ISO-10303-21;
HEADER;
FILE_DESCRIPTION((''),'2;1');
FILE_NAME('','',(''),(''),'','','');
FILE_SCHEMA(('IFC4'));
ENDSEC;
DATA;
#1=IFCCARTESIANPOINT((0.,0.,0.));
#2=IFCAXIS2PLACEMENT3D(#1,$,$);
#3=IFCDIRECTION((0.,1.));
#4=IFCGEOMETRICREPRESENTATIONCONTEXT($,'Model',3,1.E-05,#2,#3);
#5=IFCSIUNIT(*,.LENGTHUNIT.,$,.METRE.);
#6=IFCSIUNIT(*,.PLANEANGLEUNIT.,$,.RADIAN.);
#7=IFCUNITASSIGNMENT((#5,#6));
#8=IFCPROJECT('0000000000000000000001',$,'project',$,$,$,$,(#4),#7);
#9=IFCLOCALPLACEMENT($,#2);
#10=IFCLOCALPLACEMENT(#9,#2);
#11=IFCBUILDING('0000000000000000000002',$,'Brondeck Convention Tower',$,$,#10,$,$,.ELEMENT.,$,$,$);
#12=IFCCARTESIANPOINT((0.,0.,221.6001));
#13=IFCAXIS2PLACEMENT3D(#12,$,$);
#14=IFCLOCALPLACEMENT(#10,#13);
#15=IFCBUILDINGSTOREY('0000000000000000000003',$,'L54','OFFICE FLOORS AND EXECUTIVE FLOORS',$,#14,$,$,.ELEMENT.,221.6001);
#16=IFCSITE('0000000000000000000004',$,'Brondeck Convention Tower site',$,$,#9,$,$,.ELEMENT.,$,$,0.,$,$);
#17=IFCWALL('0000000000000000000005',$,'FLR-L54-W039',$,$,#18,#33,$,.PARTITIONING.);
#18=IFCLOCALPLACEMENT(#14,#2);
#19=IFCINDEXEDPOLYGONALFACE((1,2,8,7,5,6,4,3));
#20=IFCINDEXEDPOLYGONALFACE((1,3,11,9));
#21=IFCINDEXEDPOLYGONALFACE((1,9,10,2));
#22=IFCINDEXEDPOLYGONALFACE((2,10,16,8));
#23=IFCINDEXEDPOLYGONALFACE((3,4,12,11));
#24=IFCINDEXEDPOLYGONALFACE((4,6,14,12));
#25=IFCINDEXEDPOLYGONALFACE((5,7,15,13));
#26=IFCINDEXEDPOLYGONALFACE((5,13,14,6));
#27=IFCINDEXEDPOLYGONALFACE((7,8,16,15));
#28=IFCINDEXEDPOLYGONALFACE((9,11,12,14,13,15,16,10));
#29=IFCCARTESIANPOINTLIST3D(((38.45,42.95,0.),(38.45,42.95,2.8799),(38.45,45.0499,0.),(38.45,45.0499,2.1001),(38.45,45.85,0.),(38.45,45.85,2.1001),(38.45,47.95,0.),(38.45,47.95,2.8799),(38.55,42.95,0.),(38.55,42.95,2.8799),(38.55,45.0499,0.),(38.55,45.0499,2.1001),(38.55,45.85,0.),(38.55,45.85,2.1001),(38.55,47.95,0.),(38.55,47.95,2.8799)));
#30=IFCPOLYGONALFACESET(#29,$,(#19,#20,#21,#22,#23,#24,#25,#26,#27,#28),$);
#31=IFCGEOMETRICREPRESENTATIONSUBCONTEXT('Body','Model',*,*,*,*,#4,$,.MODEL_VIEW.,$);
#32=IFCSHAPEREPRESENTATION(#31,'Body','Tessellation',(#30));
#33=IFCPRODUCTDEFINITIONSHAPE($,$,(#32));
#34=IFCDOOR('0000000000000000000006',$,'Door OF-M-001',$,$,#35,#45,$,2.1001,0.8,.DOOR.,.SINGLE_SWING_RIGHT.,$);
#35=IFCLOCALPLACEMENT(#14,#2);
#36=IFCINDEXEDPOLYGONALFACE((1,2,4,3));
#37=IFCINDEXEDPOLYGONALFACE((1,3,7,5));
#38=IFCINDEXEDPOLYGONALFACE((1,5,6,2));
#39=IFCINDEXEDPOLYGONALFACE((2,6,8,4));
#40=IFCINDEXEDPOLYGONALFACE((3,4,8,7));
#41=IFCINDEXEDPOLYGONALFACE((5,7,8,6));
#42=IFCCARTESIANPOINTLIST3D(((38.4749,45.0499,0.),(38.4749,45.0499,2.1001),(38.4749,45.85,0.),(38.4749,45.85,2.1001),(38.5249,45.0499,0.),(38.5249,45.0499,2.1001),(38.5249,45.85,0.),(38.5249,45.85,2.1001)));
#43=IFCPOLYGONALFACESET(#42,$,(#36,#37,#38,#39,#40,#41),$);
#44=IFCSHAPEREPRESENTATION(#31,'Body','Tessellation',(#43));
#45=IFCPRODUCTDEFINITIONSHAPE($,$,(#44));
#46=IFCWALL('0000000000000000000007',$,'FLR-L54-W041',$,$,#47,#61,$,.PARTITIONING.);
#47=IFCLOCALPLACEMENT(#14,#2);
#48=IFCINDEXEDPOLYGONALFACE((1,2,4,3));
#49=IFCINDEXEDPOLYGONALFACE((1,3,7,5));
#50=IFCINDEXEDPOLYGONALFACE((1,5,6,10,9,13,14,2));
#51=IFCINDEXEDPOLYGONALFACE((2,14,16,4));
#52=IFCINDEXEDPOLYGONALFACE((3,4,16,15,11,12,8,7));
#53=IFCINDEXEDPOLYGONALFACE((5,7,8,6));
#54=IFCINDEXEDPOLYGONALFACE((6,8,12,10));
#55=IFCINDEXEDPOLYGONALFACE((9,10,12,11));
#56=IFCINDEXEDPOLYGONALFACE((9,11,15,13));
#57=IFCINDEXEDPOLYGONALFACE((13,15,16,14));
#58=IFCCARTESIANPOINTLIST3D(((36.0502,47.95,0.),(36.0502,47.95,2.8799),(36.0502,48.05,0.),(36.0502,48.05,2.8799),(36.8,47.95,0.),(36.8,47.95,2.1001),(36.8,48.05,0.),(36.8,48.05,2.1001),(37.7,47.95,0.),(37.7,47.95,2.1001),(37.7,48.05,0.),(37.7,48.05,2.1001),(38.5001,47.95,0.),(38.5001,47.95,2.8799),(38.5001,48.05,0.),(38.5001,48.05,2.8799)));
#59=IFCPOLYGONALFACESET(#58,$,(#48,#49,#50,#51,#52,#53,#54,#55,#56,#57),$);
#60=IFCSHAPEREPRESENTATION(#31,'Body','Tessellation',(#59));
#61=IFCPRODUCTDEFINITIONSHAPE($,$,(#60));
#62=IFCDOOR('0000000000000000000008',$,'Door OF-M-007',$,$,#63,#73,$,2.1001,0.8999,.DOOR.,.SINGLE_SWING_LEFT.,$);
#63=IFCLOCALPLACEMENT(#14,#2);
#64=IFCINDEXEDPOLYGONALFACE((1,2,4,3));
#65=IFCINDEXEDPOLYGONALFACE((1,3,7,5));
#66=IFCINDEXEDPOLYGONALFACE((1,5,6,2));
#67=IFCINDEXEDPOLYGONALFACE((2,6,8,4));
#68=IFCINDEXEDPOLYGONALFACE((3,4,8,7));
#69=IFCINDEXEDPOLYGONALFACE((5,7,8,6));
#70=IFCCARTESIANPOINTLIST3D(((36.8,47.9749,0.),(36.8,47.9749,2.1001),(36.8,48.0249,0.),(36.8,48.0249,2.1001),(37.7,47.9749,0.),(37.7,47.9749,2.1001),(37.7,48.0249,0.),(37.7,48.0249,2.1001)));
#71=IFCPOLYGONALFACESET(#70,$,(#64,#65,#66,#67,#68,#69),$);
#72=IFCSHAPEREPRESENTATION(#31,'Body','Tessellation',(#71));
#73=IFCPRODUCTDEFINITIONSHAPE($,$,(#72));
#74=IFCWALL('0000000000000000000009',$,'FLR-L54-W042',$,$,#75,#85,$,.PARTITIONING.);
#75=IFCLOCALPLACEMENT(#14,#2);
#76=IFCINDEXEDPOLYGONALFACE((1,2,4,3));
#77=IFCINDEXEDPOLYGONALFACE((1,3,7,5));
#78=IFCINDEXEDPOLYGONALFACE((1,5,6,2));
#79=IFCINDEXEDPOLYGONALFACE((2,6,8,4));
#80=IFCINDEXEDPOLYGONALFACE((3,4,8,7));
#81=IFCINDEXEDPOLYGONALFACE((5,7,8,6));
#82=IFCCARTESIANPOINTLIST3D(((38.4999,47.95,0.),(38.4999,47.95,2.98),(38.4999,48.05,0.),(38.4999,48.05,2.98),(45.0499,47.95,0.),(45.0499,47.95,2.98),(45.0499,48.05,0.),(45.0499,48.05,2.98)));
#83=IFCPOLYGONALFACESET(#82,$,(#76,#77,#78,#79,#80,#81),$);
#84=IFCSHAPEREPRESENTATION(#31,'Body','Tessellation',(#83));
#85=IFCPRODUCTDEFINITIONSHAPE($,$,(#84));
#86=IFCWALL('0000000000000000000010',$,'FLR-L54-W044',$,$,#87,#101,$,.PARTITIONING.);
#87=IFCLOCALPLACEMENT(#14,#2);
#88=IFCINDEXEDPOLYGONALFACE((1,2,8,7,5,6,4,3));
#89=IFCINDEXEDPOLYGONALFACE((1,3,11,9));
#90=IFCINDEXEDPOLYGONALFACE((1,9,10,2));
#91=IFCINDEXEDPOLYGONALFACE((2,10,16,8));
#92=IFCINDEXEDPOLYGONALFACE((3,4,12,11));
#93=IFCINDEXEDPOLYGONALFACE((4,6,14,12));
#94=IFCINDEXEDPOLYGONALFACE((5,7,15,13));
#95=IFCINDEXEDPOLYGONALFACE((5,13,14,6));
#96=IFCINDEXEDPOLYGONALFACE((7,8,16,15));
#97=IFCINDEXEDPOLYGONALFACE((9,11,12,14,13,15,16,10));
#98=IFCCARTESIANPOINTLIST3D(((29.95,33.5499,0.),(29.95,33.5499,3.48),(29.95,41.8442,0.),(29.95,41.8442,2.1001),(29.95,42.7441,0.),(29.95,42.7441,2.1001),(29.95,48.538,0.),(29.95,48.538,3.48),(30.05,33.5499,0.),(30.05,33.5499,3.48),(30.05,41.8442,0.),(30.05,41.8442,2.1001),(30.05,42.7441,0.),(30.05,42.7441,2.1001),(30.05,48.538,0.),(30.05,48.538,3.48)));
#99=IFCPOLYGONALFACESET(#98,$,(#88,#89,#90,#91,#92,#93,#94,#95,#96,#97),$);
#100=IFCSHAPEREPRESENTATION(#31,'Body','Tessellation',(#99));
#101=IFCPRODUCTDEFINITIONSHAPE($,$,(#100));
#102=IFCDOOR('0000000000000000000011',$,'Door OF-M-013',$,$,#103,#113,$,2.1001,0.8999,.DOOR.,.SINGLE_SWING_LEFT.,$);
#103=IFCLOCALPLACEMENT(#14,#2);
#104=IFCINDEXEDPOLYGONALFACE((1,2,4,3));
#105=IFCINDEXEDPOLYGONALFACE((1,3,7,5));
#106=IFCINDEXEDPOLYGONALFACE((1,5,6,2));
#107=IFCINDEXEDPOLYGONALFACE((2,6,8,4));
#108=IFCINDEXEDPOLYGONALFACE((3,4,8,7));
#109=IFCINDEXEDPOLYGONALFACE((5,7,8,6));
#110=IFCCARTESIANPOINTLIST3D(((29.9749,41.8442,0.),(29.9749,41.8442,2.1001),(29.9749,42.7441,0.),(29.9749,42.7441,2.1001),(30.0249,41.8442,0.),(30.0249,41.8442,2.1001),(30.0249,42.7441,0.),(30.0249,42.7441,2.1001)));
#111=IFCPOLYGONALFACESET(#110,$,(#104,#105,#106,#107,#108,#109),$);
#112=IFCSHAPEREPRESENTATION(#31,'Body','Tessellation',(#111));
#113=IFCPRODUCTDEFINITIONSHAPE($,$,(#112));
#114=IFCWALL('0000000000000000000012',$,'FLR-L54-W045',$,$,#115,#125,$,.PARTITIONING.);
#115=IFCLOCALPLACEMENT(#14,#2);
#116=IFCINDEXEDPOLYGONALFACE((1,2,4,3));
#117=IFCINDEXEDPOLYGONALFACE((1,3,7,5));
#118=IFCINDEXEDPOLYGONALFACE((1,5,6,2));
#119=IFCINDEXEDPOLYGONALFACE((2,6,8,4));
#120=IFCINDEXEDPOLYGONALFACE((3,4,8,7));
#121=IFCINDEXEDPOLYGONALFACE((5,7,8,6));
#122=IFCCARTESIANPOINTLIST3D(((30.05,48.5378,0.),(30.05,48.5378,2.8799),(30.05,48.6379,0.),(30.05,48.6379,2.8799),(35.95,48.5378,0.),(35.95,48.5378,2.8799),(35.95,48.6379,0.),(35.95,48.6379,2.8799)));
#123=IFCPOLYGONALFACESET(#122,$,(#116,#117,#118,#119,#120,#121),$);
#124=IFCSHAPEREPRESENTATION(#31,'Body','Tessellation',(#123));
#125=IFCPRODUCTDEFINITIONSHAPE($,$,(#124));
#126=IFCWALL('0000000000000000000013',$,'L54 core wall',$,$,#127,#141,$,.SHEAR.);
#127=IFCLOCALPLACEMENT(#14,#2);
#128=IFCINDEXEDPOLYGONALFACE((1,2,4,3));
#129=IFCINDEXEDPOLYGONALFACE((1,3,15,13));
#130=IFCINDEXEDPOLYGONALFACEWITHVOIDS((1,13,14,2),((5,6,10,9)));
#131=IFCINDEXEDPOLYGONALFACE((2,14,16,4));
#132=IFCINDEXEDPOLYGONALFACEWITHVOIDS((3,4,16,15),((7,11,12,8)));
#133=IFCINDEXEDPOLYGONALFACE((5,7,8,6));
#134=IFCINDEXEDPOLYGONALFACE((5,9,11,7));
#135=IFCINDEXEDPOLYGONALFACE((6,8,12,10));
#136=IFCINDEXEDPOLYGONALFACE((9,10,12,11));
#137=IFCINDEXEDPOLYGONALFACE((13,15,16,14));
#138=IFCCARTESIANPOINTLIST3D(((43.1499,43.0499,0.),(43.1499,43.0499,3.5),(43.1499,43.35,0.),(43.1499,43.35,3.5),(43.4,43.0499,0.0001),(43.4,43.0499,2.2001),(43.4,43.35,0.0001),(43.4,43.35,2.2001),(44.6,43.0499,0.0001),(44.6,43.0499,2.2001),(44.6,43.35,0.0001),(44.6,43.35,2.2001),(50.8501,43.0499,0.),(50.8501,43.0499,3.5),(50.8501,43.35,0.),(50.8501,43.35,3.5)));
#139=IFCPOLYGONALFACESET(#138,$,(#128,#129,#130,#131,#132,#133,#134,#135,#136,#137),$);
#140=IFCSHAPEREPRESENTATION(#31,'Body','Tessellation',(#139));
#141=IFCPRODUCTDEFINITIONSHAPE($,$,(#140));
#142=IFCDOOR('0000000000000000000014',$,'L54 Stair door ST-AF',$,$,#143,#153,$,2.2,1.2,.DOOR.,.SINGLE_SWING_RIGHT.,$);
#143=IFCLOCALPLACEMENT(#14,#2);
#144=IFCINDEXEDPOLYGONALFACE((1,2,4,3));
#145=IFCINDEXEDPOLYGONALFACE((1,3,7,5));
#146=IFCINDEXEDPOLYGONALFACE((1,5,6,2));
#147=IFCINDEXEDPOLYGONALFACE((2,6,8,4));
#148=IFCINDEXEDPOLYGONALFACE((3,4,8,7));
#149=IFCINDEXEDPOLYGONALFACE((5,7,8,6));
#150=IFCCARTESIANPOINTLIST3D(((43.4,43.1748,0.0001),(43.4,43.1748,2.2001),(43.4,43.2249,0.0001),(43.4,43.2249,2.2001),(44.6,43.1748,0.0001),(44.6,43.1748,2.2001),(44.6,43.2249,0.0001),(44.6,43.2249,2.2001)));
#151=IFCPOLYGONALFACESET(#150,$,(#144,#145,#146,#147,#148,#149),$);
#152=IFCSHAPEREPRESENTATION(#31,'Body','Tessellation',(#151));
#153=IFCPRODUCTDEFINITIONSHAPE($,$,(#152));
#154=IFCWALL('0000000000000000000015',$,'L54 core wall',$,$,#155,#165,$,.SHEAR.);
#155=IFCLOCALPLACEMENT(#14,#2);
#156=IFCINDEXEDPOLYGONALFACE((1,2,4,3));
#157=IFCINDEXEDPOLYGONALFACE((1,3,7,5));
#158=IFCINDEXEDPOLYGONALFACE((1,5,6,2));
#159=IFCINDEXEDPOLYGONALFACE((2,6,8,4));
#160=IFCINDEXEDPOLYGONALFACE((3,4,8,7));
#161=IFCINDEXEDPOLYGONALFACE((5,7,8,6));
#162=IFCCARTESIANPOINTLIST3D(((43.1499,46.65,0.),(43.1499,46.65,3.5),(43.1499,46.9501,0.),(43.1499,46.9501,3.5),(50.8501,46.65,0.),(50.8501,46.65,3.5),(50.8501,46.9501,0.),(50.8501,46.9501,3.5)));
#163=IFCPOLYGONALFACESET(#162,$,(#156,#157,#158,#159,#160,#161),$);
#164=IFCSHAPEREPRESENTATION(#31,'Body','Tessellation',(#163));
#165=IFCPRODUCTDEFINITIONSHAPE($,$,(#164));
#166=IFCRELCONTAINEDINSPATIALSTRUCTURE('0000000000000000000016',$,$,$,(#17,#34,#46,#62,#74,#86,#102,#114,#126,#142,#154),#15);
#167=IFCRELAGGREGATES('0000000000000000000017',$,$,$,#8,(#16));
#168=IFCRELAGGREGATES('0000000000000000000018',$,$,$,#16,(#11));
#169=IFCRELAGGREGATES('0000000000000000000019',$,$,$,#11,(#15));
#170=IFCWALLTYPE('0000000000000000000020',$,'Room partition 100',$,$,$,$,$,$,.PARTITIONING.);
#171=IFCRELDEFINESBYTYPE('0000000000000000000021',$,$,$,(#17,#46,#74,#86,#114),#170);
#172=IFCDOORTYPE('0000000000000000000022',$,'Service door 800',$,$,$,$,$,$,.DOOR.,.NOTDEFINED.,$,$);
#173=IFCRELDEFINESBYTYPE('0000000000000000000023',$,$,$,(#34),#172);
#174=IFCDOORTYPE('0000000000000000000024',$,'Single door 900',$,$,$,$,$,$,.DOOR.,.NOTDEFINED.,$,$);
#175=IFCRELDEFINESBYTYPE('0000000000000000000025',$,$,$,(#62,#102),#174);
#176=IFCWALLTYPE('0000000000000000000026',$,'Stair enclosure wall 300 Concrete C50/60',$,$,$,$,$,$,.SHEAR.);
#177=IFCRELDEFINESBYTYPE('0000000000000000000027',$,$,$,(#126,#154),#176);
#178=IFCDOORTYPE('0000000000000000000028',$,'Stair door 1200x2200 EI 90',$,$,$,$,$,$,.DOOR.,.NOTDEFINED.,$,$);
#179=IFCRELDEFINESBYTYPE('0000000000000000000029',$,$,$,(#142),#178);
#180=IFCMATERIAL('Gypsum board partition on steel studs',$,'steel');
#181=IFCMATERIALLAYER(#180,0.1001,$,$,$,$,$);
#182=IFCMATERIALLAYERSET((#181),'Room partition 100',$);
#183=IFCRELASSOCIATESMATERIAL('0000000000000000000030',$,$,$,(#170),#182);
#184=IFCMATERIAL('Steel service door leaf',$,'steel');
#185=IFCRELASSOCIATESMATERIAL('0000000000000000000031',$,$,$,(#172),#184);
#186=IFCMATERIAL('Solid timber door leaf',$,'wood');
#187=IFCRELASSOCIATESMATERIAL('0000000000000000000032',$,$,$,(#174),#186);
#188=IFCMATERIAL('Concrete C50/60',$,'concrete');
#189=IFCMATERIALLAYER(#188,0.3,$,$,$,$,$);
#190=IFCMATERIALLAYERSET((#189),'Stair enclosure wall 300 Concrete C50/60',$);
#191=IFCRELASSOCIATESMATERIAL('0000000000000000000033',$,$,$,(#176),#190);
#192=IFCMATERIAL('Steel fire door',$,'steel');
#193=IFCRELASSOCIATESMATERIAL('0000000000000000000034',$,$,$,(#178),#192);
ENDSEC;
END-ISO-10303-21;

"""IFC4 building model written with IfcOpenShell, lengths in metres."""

from ifc_helpers import new_model, si_unit, direction, frame, frame_2d, origin, place, context, subcontext, project, spatial, rectangle, extrude, material, layer, layer_set, type_object, element, fill, save


model = new_model("IFC4")

# Units and contexts
model_context = context("Model", 3, precision=1e-05, world=origin(), true_north=direction((0.0, 1.0)))
body_context = subcontext(model_context, "Body", "Model", "MODEL_VIEW")
ifc_project = project(units=[si_unit("LENGTHUNIT", "METRE"), si_unit("PLANEANGLEUNIT", "RADIAN")], contexts=[model_context])

# Site, building, storey
site_placement = place(None, origin())
site = spatial("IfcSite", under=ifc_project, at=site_placement, Name="Brondeck Convention Tower site", CompositionType="ELEMENT", RefElevation=0.0)
building_placement = place(site_placement, origin())
building = spatial("IfcBuilding", under=site, at=building_placement, Name="Brondeck Convention Tower", CompositionType="ELEMENT")
storey_placement = place(building_placement, frame((0.0, 0.0, 221.6001)))
storey = spatial("IfcBuildingStorey", under=building, at=storey_placement, Name="L54", Description="OFFICE FLOORS AND EXECUTIVE FLOORS", CompositionType="ELEMENT", Elevation=221.6001)

# Shared definitions
ifc_material_1 = material(Name="Concrete C50/60", Category="concrete")

# Walls, openings, doors
ifc_material_2 = material(Name="Gypsum board partition on steel studs", Category="steel")
ifc_layer_1 = layer(ifc_material_2, 0.1001)
ifc_layer_set_1 = layer_set([ifc_layer_1], Name="Room partition 100")
wall_type_1 = type_object("IfcWallType", Name="Room partition 100", PredefinedType="PARTITIONING", material=ifc_layer_set_1)
wall_1_placement = place(storey_placement, frame((38.5, 47.95, 0.0), z_axis=(0.0, 0.0, 1.0), x_axis=(0.0, -1.0, 0.0)))
wall_1 = element("IfcWall", 1, at=wall_1_placement, inside=storey, type_object=wall_type_1, Name="FLR-L54-W039", PredefinedType="PARTITIONING", context=body_context, shape_type="SweptSolid", body=[
    extrude(rectangle(XDim=5.0, YDim=0.1001, at=frame_2d((2.5, 0.0))), origin(), (0.0, 0.0, 1.0), 2.8799),
])
opening_1_placement = place(wall_1_placement, frame((2.1001, 0.0, 0.0)))
opening_1 = element("IfcOpeningElement", 2, at=opening_1_placement, cuts=wall_1, PredefinedType="OPENING", context=body_context, shape_type="SweptSolid", body=[
    extrude(rectangle(XDim=0.8, YDim=2.1001, at=frame_2d((0.3999, 1.05))), frame((0.0, 0.0601, 0.0), z_axis=(0.0, -1.0, 0.0), x_axis=(1.0, 0.0, 0.0)), (0.0, 0.0, 1.0), 0.1201),
])
ifc_material_3 = material(Name="Steel service door leaf", Category="steel")
door_type_1 = type_object("IfcDoorType", Name="Service door 800", OperationType="NOTDEFINED", PredefinedType="DOOR", material=ifc_material_3)
door_1_placement = place(opening_1_placement, origin())
door_1 = element("IfcDoor", 3, at=door_1_placement, inside=storey, type_object=door_type_1, Name="Door OF-M-001", OperationType="SINGLE_SWING_RIGHT", OverallHeight=2.1001, OverallWidth=0.8, PredefinedType="DOOR", context=body_context, shape_type="SweptSolid", body=[
    extrude(rectangle(XDim=0.8, YDim=2.1001, at=frame_2d((0.3999, 1.05))), frame((0.0, 0.0249, 0.0), z_axis=(0.0, -1.0, 0.0), x_axis=(1.0, 0.0, 0.0)), (0.0, 0.0, 1.0), 0.05),
])
fill(opening_1, door_1)
wall_2_placement = place(storey_placement, frame((36.05, 48.0, 0.0), z_axis=(0.0, 0.0, 1.0), x_axis=(1.0, 0.0, 0.0)))
wall_2 = element("IfcWall", 4, at=wall_2_placement, inside=storey, type_object=wall_type_1, Name="FLR-L54-W041", PredefinedType="PARTITIONING", context=body_context, shape_type="SweptSolid", body=[
    extrude(rectangle(XDim=2.45, YDim=0.1001, at=frame_2d((1.2251, 0.0))), origin(), (0.0, 0.0, 1.0), 2.8799),
])
opening_2_placement = place(wall_2_placement, frame((0.75, 0.0, 0.0)))
opening_2 = element("IfcOpeningElement", 5, at=opening_2_placement, cuts=wall_2, PredefinedType="OPENING", context=body_context, shape_type="SweptSolid", body=[
    extrude(rectangle(XDim=0.8999, YDim=2.1001, at=frame_2d((0.45, 1.05))), frame((0.0, 0.0601, 0.0), z_axis=(0.0, -1.0, 0.0), x_axis=(1.0, 0.0, 0.0)), (0.0, 0.0, 1.0), 0.1201),
])
ifc_material_4 = material(Name="Solid timber door leaf", Category="wood")
door_type_2 = type_object("IfcDoorType", Name="Single door 900", OperationType="NOTDEFINED", PredefinedType="DOOR", material=ifc_material_4)
door_2_placement = place(opening_2_placement, origin())
door_2 = element("IfcDoor", 6, at=door_2_placement, inside=storey, type_object=door_type_2, Name="Door OF-M-007", OperationType="SINGLE_SWING_LEFT", OverallHeight=2.1001, OverallWidth=0.8999, PredefinedType="DOOR", context=body_context, shape_type="SweptSolid", body=[
    extrude(rectangle(XDim=0.8999, YDim=2.1001, at=frame_2d((0.45, 1.05))), frame((0.0, 0.0249, 0.0), z_axis=(0.0, -1.0, 0.0), x_axis=(1.0, 0.0, 0.0)), (0.0, 0.0, 1.0), 0.05),
])
fill(opening_2, door_2)

# Wall
wall_3_placement = place(storey_placement, frame((38.5, 48.0, 0.0), z_axis=(0.0, 0.0, 1.0), x_axis=(1.0, 0.0, 0.0)))
element("IfcWall", 7, at=wall_3_placement, inside=storey, type_object=wall_type_1, Name="FLR-L54-W042", PredefinedType="PARTITIONING", context=body_context, shape_type="SweptSolid", body=[
    extrude(rectangle(XDim=6.55, YDim=0.1001, at=frame_2d((3.2749, 0.0))), origin(), (0.0, 0.0, 1.0), 2.98),
])

# Wall, opening, door
wall_4_placement = place(storey_placement, frame((30.0, 48.5381, 0.0), z_axis=(0.0, 0.0, 1.0), x_axis=(0.0, -1.0, 0.0)))
wall_4 = element("IfcWall", 8, at=wall_4_placement, inside=storey, type_object=wall_type_1, Name="FLR-L54-W044", PredefinedType="PARTITIONING", context=body_context, shape_type="SweptSolid", body=[
    extrude(rectangle(XDim=14.988, YDim=0.1001, at=frame_2d((7.4941, 0.0))), origin(), (0.0, 0.0, 1.0), 3.48),
])
opening_3_placement = place(wall_4_placement, frame((5.7939, 0.0, 0.0)))
opening_3 = element("IfcOpeningElement", 9, at=opening_3_placement, cuts=wall_4, PredefinedType="OPENING", context=body_context, shape_type="SweptSolid", body=[
    extrude(rectangle(XDim=0.8999, YDim=2.1001, at=frame_2d((0.45, 1.05))), frame((0.0, 0.0601, 0.0), z_axis=(0.0, -1.0, 0.0), x_axis=(1.0, 0.0, 0.0)), (0.0, 0.0, 1.0), 0.1201),
])
door_3_placement = place(opening_3_placement, origin())
door_3 = element("IfcDoor", 10, at=door_3_placement, inside=storey, type_object=door_type_2, Name="Door OF-M-013", OperationType="SINGLE_SWING_LEFT", OverallHeight=2.1001, OverallWidth=0.8999, PredefinedType="DOOR", context=body_context, shape_type="SweptSolid", body=[
    extrude(rectangle(XDim=0.8999, YDim=2.1001, at=frame_2d((0.45, 1.05))), frame((0.0, 0.0249, 0.0), z_axis=(0.0, -1.0, 0.0), x_axis=(1.0, 0.0, 0.0)), (0.0, 0.0, 1.0), 0.05),
])
fill(opening_3, door_3)

# Wall
wall_5_placement = place(storey_placement, frame((30.05, 48.5879, 0.0), z_axis=(0.0, 0.0, 1.0), x_axis=(1.0, 0.0, 0.0)))
element("IfcWall", 11, at=wall_5_placement, inside=storey, type_object=wall_type_1, Name="FLR-L54-W045", PredefinedType="PARTITIONING", context=body_context, shape_type="SweptSolid", body=[
    extrude(rectangle(XDim=5.8999, YDim=0.1001, at=frame_2d((2.95, 0.0))), origin(), (0.0, 0.0, 1.0), 2.8799),
])

# Wall, opening, door
ifc_layer_2 = layer(ifc_material_1, 0.3)
ifc_layer_set_2 = layer_set([ifc_layer_2], Name="Stair enclosure wall 300 Concrete C50/60")
wall_type_2 = type_object("IfcWallType", Name="Stair enclosure wall 300 Concrete C50/60", PredefinedType="SHEAR", material=ifc_layer_set_2)
wall_6_placement = place(storey_placement, frame((43.1499, 43.2, 0.0), z_axis=(0.0, 0.0, 1.0), x_axis=(1.0, 0.0, 0.0)))
wall_6 = element("IfcWall", 12, at=wall_6_placement, inside=storey, type_object=wall_type_2, Name="L54 core wall", PredefinedType="SHEAR", context=body_context, shape_type="SweptSolid", body=[
    extrude(rectangle(XDim=7.7002, YDim=0.3, at=frame_2d((3.8501, 0.0))), origin(), (0.0, 0.0, 1.0), 3.5),
])
opening_4_placement = place(wall_6_placement, frame((0.25, 0.0, 0.0)))
opening_4 = element("IfcOpeningElement", 13, at=opening_4_placement, cuts=wall_6, PredefinedType="OPENING", context=body_context, shape_type="SweptSolid", body=[
    extrude(rectangle(XDim=1.2, YDim=2.2, at=frame_2d((0.6001, 1.1001))), frame((0.0, 0.1599, 0.0), z_axis=(0.0, -1.0, 0.0), x_axis=(1.0, 0.0, 0.0)), (0.0, 0.0, 1.0), 0.3201),
])
ifc_material_5 = material(Name="Steel fire door", Category="steel")
door_type_3 = type_object("IfcDoorType", Name="Stair door 1200x2200 EI 90", OperationType="NOTDEFINED", PredefinedType="DOOR", material=ifc_material_5)
door_4_placement = place(opening_4_placement, origin())
door_4 = element("IfcDoor", 14, at=door_4_placement, inside=storey, type_object=door_type_3, Name="L54 Stair door ST-AF", OperationType="SINGLE_SWING_RIGHT", OverallHeight=2.2, OverallWidth=1.2, PredefinedType="DOOR", context=body_context, shape_type="SweptSolid", body=[
    extrude(rectangle(XDim=1.2, YDim=2.2, at=frame_2d((0.6001, 1.1001))), frame((0.0, 0.0249, 0.0), z_axis=(0.0, -1.0, 0.0), x_axis=(1.0, 0.0, 0.0)), (0.0, 0.0, 1.0), 0.05),
])
fill(opening_4, door_4)

# Wall
wall_7_placement = place(storey_placement, frame((43.1499, 46.8, 0.0), z_axis=(0.0, 0.0, 1.0), x_axis=(1.0, 0.0, 0.0)))
element("IfcWall", 15, at=wall_7_placement, inside=storey, type_object=wall_type_2, Name="L54 core wall", PredefinedType="SHEAR", context=body_context, shape_type="SweptSolid", body=[
    extrude(rectangle(XDim=7.7002, YDim=0.3, at=frame_2d((3.8501, 0.0))), origin(), (0.0, 0.0, 1.0), 3.5),
])

save(model, "model.ifc")
